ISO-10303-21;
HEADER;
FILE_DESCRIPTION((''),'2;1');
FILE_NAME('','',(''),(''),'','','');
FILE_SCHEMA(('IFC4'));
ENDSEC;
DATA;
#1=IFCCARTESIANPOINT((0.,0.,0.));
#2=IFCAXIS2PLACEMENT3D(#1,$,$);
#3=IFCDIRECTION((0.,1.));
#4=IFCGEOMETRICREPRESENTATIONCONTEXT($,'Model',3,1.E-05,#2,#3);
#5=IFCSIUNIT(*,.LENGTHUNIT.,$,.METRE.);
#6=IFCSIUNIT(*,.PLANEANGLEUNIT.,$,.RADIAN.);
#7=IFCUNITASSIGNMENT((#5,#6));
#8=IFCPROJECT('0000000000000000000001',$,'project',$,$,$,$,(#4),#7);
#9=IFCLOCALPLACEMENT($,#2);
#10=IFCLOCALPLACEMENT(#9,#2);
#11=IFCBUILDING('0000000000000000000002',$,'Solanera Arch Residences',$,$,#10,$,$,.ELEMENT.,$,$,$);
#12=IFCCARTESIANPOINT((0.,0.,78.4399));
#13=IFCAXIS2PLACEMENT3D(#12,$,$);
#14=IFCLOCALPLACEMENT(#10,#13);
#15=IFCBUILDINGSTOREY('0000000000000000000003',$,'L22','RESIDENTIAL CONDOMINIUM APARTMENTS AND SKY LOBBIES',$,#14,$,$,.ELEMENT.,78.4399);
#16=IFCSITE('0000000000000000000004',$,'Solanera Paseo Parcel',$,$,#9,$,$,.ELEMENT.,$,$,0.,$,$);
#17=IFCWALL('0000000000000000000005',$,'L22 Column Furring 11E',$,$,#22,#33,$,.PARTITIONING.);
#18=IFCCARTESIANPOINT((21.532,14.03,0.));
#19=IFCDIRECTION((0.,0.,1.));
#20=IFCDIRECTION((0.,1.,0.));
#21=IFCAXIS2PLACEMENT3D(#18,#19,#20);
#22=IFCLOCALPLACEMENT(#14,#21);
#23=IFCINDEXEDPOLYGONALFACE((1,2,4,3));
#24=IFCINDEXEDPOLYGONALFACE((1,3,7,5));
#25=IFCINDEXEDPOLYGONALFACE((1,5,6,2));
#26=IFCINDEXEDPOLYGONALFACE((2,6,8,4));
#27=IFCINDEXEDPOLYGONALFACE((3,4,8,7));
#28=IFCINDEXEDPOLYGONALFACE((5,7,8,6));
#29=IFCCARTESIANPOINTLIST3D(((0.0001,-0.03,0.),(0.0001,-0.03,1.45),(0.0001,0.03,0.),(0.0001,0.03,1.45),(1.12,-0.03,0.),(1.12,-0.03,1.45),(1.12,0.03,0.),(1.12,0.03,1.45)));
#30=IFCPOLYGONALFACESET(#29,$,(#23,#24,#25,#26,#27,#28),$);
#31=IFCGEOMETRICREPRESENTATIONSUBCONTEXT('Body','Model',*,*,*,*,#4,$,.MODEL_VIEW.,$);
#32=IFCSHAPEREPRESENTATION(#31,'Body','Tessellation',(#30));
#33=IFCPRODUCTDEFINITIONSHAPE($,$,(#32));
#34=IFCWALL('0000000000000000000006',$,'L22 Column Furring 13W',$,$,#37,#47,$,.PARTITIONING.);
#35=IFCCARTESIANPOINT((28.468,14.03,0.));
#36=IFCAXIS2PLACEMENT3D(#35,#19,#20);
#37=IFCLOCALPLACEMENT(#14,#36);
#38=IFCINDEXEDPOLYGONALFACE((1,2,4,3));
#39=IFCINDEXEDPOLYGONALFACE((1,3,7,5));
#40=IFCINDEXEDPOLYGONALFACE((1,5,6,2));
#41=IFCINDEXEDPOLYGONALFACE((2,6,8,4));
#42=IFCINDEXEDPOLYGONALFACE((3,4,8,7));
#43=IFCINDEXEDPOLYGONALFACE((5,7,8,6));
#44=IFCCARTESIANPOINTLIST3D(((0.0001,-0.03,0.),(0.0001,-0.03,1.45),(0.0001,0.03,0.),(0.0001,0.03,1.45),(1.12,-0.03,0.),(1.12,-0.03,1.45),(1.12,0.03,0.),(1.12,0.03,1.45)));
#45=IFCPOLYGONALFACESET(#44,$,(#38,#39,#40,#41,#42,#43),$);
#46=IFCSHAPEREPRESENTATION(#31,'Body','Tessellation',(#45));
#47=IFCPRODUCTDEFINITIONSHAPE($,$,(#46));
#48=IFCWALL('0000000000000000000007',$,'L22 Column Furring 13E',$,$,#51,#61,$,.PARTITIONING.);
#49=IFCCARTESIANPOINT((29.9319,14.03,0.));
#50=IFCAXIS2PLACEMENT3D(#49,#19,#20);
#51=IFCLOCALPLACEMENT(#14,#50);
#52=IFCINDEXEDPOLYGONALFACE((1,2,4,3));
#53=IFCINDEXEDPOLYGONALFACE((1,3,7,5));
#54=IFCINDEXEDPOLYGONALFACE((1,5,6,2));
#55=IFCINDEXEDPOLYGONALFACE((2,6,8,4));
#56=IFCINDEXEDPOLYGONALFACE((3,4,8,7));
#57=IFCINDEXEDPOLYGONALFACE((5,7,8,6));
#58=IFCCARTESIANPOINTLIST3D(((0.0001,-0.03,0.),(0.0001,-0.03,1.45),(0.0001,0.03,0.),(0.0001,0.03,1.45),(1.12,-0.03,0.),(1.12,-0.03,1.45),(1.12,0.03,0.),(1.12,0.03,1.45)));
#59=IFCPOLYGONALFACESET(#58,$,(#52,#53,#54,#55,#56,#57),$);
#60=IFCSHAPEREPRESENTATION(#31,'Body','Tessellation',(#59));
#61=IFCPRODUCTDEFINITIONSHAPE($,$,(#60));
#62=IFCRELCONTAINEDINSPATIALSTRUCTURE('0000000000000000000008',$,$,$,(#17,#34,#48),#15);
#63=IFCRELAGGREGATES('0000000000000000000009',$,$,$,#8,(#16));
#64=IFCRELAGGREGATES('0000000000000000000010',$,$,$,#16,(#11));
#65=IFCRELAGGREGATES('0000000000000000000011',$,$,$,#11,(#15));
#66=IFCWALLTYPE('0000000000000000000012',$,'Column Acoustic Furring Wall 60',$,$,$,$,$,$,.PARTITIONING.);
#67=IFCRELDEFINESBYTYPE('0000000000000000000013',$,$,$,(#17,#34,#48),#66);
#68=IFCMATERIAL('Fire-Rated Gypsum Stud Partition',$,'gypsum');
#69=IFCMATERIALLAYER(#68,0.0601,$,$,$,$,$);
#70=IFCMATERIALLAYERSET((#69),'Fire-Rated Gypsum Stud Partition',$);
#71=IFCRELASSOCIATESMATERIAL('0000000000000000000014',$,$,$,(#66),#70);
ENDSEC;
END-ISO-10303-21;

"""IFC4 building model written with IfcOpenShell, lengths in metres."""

from ifc_helpers import new_model, si_unit, direction, frame, frame_2d, origin, place, context, subcontext, project, spatial, rectangle, extrude, material, layer, layer_set, type_object, element, save


model = new_model("IFC4")

# Units and contexts
model_context = context("Model", 3, precision=1e-05, world=origin(), true_north=direction((0.0, 1.0)))
body_context = subcontext(model_context, "Body", "Model", "MODEL_VIEW")
ifc_project = project(units=[si_unit("LENGTHUNIT", "METRE"), si_unit("PLANEANGLEUNIT", "RADIAN")], contexts=[model_context])

# Site, building, storey
site_placement = place(None, origin())
site = spatial("IfcSite", under=ifc_project, at=site_placement, Name="Solanera Paseo Parcel", CompositionType="ELEMENT", RefElevation=0.0)
building_placement = place(site_placement, origin())
building = spatial("IfcBuilding", under=site, at=building_placement, Name="Solanera Arch Residences", CompositionType="ELEMENT")
storey_placement = place(building_placement, frame((0.0, 0.0, 78.4399)))
storey = spatial("IfcBuildingStorey", under=building, at=storey_placement, Name="L22", Description="RESIDENTIAL CONDOMINIUM APARTMENTS AND SKY LOBBIES", CompositionType="ELEMENT", Elevation=78.4399)

# Walls
ifc_material_1 = material(Name="Fire-Rated Gypsum Stud Partition", Category="gypsum")
ifc_layer_1 = layer(ifc_material_1, 0.0601)
ifc_layer_set_1 = layer_set([ifc_layer_1], Name="Fire-Rated Gypsum Stud Partition")
wall_type_1 = type_object("IfcWallType", Name="Column Acoustic Furring Wall 60", PredefinedType="PARTITIONING", material=ifc_layer_set_1)
wall_1_placement = place(storey_placement, frame((21.532, 14.03, 0.0), z_axis=(0.0, 0.0, 1.0), x_axis=(0.0, 1.0, 0.0)))
element("IfcWall", 1, at=wall_1_placement, inside=storey, type_object=wall_type_1, Name="L22 Column Furring 11E", PredefinedType="PARTITIONING", context=body_context, shape_type="SweptSolid", body=[
    extrude(rectangle(XDim=1.1199, YDim=0.0601, at=frame_2d((0.5601, 0.0))), origin(), (0.0, 0.0, 1.0), 1.45),
])
for number, where, z_axis, x_axis, name in (
    (2, (28.468, 14.03, 0.0), (0.0, 0.0, 1.0), (0.0, 1.0, 0.0), "L22 Column Furring 13W"),
    (3, (29.9319, 14.03, 0.0), (0.0, 0.0, 1.0), (0.0, 1.0, 0.0), "L22 Column Furring 13E"),
):
    element("IfcWall", number, at=place(storey_placement, frame(where, z_axis=z_axis, x_axis=x_axis)), inside=storey, type_object=wall_type_1, Name=name, PredefinedType="PARTITIONING", context=body_context, shape_type="SweptSolid", body=[
        extrude(rectangle(XDim=1.1199, YDim=0.0601, at=frame_2d((0.5601, 0.0))), origin(), (0.0, 0.0, 1.0), 1.45),
    ])

save(model, "model.ifc")
